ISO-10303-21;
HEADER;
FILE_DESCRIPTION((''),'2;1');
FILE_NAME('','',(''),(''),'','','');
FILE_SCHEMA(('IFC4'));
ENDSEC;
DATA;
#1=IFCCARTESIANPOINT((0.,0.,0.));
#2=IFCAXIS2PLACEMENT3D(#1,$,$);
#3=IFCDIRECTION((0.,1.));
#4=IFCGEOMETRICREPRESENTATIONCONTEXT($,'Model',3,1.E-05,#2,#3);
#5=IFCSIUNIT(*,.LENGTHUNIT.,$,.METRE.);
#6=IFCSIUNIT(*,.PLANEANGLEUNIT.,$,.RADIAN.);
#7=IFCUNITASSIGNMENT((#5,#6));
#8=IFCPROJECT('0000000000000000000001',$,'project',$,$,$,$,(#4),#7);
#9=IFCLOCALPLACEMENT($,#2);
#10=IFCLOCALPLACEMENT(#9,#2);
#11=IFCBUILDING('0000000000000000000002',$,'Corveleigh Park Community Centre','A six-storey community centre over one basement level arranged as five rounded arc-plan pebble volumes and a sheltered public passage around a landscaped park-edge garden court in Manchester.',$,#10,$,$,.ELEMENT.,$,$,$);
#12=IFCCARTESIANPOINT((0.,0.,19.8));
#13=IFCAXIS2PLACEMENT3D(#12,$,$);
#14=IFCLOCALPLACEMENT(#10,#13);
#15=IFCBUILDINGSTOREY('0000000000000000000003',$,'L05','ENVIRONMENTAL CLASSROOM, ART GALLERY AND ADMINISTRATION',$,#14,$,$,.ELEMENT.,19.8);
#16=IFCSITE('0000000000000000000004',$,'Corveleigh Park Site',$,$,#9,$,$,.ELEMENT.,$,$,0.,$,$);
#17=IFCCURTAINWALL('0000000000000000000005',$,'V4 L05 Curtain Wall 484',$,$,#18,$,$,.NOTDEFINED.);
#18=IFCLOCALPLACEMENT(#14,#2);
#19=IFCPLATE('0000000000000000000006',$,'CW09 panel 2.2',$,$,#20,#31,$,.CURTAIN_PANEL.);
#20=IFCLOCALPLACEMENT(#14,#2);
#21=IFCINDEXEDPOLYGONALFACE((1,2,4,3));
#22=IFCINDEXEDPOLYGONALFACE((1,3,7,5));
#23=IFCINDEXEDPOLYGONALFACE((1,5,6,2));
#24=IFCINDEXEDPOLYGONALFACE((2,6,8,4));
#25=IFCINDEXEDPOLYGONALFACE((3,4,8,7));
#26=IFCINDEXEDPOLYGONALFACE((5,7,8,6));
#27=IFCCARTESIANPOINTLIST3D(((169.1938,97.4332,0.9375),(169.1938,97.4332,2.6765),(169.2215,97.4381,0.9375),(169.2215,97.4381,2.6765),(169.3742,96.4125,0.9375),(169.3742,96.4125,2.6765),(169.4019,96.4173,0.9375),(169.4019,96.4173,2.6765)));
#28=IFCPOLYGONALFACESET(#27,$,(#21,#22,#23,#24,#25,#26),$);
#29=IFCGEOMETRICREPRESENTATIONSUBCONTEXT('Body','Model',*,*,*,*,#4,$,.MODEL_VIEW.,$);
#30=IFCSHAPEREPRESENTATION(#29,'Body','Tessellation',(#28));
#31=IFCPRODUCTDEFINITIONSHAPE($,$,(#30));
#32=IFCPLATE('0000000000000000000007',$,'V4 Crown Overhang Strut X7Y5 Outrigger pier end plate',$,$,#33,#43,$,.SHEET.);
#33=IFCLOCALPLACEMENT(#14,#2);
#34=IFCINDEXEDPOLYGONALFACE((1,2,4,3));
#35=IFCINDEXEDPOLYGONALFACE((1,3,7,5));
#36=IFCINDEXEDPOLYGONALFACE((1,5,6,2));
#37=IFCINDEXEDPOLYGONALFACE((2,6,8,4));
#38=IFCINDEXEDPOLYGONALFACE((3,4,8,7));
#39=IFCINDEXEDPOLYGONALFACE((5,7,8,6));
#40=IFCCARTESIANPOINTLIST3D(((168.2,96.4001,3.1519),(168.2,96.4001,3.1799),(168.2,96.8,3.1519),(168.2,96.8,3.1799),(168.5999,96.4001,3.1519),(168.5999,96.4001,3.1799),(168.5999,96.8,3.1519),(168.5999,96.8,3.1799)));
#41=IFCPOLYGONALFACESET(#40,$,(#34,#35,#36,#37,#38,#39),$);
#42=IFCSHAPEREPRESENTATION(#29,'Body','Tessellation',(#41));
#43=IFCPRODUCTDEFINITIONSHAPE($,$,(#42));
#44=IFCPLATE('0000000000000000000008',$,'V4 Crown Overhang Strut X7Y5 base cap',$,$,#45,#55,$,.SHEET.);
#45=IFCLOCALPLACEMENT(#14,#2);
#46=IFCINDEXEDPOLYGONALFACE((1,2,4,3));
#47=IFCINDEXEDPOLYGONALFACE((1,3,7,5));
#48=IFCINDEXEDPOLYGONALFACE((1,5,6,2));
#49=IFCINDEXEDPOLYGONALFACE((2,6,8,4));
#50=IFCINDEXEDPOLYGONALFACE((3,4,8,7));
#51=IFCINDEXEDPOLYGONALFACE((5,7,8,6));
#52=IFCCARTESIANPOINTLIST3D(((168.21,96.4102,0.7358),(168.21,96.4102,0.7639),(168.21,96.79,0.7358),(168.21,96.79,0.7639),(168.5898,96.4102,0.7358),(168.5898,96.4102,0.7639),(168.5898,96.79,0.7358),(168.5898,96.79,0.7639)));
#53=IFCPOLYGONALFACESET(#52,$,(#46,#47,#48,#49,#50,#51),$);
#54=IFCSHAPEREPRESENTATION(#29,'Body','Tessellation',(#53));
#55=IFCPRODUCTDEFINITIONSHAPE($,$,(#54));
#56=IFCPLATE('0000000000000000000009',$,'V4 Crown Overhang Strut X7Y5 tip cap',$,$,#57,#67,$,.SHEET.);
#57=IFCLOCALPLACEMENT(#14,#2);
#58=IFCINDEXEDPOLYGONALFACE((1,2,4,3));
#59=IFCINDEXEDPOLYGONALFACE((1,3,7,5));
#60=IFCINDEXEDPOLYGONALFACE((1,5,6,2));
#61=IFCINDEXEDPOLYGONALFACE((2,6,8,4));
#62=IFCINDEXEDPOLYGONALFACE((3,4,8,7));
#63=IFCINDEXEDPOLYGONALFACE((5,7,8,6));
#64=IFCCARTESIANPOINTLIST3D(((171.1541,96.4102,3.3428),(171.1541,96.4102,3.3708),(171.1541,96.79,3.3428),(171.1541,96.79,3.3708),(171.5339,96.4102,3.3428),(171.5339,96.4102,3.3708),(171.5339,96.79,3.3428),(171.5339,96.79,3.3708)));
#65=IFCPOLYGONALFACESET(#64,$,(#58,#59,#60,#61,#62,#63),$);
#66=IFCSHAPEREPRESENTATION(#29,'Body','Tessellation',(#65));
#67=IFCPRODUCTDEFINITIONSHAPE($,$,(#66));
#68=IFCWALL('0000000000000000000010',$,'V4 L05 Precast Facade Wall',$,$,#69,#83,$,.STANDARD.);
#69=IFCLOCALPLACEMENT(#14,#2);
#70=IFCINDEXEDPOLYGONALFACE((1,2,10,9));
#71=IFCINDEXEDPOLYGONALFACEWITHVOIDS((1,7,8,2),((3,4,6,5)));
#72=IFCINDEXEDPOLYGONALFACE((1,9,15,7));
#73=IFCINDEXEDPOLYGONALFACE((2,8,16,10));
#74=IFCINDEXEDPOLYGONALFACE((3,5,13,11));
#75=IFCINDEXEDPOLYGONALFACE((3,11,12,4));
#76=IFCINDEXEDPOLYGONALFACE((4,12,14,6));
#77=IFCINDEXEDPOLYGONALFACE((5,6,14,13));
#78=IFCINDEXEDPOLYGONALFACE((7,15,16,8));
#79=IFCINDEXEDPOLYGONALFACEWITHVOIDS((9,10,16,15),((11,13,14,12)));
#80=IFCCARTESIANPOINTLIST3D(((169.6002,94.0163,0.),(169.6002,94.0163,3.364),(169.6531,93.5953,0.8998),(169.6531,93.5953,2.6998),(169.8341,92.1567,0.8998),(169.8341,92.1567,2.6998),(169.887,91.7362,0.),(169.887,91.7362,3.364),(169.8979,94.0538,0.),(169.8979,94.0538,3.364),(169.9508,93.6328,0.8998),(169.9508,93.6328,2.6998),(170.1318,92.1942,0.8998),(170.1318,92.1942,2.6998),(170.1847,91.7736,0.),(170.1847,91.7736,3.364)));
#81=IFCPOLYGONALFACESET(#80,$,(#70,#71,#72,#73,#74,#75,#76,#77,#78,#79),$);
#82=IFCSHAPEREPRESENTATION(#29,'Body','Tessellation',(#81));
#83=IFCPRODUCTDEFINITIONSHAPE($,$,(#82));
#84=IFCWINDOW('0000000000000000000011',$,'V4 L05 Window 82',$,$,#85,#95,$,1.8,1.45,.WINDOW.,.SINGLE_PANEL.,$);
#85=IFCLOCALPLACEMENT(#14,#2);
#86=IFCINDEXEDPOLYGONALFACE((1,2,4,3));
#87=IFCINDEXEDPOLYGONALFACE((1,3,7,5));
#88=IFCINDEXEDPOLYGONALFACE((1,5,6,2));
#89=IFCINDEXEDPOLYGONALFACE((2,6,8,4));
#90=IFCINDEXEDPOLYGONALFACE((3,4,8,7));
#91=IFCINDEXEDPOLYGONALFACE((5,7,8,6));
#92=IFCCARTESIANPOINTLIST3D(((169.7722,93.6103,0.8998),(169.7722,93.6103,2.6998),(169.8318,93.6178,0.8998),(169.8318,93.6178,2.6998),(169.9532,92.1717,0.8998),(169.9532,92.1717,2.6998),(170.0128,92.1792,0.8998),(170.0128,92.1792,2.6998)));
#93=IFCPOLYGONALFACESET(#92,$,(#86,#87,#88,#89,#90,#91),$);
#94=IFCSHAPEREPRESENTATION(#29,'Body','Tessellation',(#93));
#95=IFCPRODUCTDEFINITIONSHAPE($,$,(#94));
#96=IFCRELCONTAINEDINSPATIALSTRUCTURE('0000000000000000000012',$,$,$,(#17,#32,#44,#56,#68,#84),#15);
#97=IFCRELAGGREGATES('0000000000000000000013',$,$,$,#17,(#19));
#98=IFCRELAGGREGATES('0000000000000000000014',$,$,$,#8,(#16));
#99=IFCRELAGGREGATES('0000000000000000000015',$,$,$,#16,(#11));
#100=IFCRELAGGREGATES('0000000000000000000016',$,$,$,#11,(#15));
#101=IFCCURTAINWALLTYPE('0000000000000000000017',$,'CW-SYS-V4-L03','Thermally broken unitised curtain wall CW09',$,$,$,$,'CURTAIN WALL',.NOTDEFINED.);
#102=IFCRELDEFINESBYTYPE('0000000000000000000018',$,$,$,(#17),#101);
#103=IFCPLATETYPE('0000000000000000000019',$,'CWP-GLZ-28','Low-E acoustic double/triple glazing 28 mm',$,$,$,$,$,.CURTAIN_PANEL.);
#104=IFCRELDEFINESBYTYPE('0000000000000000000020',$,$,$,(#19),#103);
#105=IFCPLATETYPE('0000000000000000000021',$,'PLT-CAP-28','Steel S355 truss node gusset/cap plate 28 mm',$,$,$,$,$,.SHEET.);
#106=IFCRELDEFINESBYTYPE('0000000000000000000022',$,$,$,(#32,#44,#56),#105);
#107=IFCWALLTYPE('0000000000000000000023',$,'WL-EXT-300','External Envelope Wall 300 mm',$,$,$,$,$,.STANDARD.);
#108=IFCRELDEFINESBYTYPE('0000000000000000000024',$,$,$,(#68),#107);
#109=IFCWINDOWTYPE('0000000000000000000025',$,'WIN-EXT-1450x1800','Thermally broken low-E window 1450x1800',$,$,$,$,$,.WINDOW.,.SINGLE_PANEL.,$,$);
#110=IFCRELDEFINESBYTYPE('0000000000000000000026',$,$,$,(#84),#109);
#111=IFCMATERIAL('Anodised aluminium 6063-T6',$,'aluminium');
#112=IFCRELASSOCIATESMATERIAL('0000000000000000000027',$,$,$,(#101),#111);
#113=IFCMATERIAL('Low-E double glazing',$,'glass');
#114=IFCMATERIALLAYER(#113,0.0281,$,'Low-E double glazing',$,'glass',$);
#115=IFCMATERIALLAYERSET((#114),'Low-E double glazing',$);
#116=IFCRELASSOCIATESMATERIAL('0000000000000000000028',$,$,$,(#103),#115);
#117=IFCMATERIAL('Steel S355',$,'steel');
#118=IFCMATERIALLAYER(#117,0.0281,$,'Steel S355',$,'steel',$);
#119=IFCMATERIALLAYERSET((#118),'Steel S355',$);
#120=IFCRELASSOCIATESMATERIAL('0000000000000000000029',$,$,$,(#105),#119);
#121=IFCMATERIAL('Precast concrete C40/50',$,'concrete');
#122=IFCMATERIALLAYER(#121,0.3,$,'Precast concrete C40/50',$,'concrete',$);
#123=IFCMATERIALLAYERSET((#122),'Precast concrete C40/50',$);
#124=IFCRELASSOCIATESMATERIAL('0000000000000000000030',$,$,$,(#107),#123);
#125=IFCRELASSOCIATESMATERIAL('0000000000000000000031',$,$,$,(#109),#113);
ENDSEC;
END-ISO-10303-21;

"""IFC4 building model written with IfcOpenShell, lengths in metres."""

from ifc_helpers import new_model, si_unit, direction, frame, frame_2d, origin, origin_2d, place, context, subcontext, project, spatial, rectangle, extrude, material, layer, layer_set, type_object, element, fill, aggregate, save


model = new_model("IFC4")

# Units and contexts
model_context = context("Model", 3, precision=1e-05, world=origin(), true_north=direction((0.0, 1.0)))
body_context = subcontext(model_context, "Body", "Model", "MODEL_VIEW")
ifc_project = project(units=[si_unit("LENGTHUNIT", "METRE"), si_unit("PLANEANGLEUNIT", "RADIAN")], contexts=[model_context])

# Site, building, storey
site_placement = place(None, origin())
site = spatial("IfcSite", under=ifc_project, at=site_placement, Name="Corveleigh Park Site", CompositionType="ELEMENT", RefElevation=0.0)
building_placement = place(site_placement, origin())
building = spatial("IfcBuilding", under=site, at=building_placement, Name="Corveleigh Park Community Centre", Description="A six-storey community centre over one basement level arranged as five rounded arc-plan pebble volumes and a sheltered public passage around a landscaped park-edge garden court in Manchester.", CompositionType="ELEMENT")
storey_placement = place(building_placement, frame((0.0, 0.0, 19.8)))
storey = spatial("IfcBuildingStorey", under=building, at=storey_placement, Name="L05", Description="ENVIRONMENTAL CLASSROOM, ART GALLERY AND ADMINISTRATION", CompositionType="ELEMENT", Elevation=19.8)

# Shared definitions
ifc_material_1 = material(Name="Steel S355", Category="steel")

# Shared definitions
ifc_material_2 = material(Name="Anodised aluminium 6063-T6", Category="aluminium")
curtain_wall_type = type_object("IfcCurtainWallType", Name="CW-SYS-V4-L03", Description="Thermally broken unitised curtain wall CW09", ElementType="CURTAIN WALL", PredefinedType="NOTDEFINED", material=ifc_material_2)

# Curtain wall
curtain_wall_1_placement = place(storey_placement, origin())
curtain_wall_1 = element("IfcCurtainWall", 1, at=curtain_wall_1_placement, inside=storey, type_object=curtain_wall_type, Name="V4 L05 Curtain Wall 484", PredefinedType="NOTDEFINED")

# Plate
ifc_material_3 = material(Name="Low-E double glazing", Category="glass")
ifc_layer_1 = layer(ifc_material_3, 0.0281, Name="Low-E double glazing", Category="glass")
ifc_layer_set_1 = layer_set([ifc_layer_1], Name="Low-E double glazing")
plate_type_1 = type_object("IfcPlateType", Name="CWP-GLZ-28", Description="Low-E acoustic double/triple glazing 28 mm", PredefinedType="CURTAIN_PANEL", material=ifc_layer_set_1)
plate_1_placement = place(storey_placement, frame((169.2979, 96.9253, 0.9375), z_axis=(0.0, 0.0, 1.0), x_axis=(0.174058, -0.984735, 0.0)))
plate_1 = element("IfcPlate", 2, at=plate_1_placement, type_object=plate_type_1, Name="CW09 panel 2.2", PredefinedType="CURTAIN_PANEL", context=body_context, shape_type="SweptSolid", body=[
    extrude(rectangle(XDim=1.0366, YDim=0.0281, at=origin_2d()), origin(), (0.0, 0.0, 1.0), 1.739),
])
aggregate(curtain_wall_1, [plate_1])

# Plates
ifc_layer_2 = layer(ifc_material_1, 0.0281, Name="Steel S355", Category="steel")
ifc_layer_set_2 = layer_set([ifc_layer_2], Name="Steel S355")
plate_type_2 = type_object("IfcPlateType", Name="PLT-CAP-28", Description="Steel S355 truss node gusset/cap plate 28 mm", PredefinedType="SHEET", material=ifc_layer_set_2)
plate_2_placement = place(storey_placement, frame((168.3999, 96.6001, 3.1519), z_axis=(0.0, 0.0, 1.0), x_axis=(1.0, 0.0, 0.0)))
element("IfcPlate", 3, at=plate_2_placement, inside=storey, type_object=plate_type_2, Name="V4 Crown Overhang Strut X7Y5 Outrigger pier end plate", PredefinedType="SHEET", context=body_context, shape_type="SweptSolid", body=[
    extrude(rectangle(XDim=0.3999, YDim=0.3999, at=origin_2d()), origin(), (0.0, 0.0, 1.0), 0.0281),
])
for number, where, z_axis, x_axis, name in (
    (4, (168.3999, 96.6001, 0.7358), (0.0, 0.0, 1.0), (1.0, 0.0, 0.0), "V4 Crown Overhang Strut X7Y5 base cap"),
    (5, (171.344, 96.6001, 3.3428), (0.0, 0.0, 1.0), (1.0, 0.0, 0.0), "V4 Crown Overhang Strut X7Y5 tip cap"),
):
    element("IfcPlate", number, at=place(storey_placement, frame(where, z_axis=z_axis, x_axis=x_axis)), inside=storey, type_object=plate_type_2, Name=name, PredefinedType="SHEET", context=body_context, shape_type="SweptSolid", body=[
        extrude(rectangle(XDim=0.3799, YDim=0.3799, at=origin_2d()), origin(), (0.0, 0.0, 1.0), 0.0281),
    ])

# Wall, opening, window
ifc_material_4 = material(Name="Precast concrete C40/50", Category="concrete")
ifc_layer_3 = layer(ifc_material_4, 0.3, Name="Precast concrete C40/50", Category="concrete")
ifc_layer_set_3 = layer_set([ifc_layer_3], Name="Precast concrete C40/50")
wall_type = type_object("IfcWallType", Name="WL-EXT-300", Description="External Envelope Wall 300 mm", PredefinedType="STANDARD", material=ifc_layer_set_3)
wall_placement = place(storey_placement, frame((169.749, 94.0349, 0.0), z_axis=(0.0, 0.0, 1.0), x_axis=(0.124832, -0.992178, 0.0)))
wall = element("IfcWall", 6, at=wall_placement, inside=storey, type_object=wall_type, Name="V4 L05 Precast Facade Wall", PredefinedType="STANDARD", context=body_context, shape_type="SweptSolid", body=[
    extrude(rectangle(XDim=2.2981, YDim=0.3, at=frame_2d((1.1489, 0.0))), origin(), (0.0, 0.0, 1.0), 3.364),
])
opening_placement = place(wall_placement, frame((0.4241, 0.0, 0.8999)))
opening = element("IfcOpeningElement", 7, at=opening_placement, cuts=wall, PredefinedType="OPENING", context=body_context, shape_type="SweptSolid", body=[
    extrude(rectangle(XDim=1.45, YDim=1.8, at=frame_2d((0.7251, 0.8999))), frame((0.0, 0.1599, 0.0), z_axis=(0.0, -1.0, 0.0), x_axis=(1.0, 0.0, 0.0)), (0.0, 0.0, 1.0), 0.3201),
])
window_type = type_object("IfcWindowType", Name="WIN-EXT-1450x1800", Description="Thermally broken low-E window 1450x1800", PartitioningType="SINGLE_PANEL", PredefinedType="WINDOW", material=ifc_material_3)
window_placement = place(opening_placement, origin())
window = element("IfcWindow", 8, at=window_placement, inside=storey, type_object=window_type, Name="V4 L05 Window 82", OverallHeight=1.8, OverallWidth=1.45, PartitioningType="SINGLE_PANEL", PredefinedType="WINDOW", context=body_context, shape_type="SweptSolid", body=[
    extrude(rectangle(XDim=1.45, YDim=1.8, at=frame_2d((0.7251, 0.8999))), frame((0.0, 0.03, 0.0), z_axis=(0.0, -1.0, 0.0), x_axis=(1.0, 0.0, 0.0)), (0.0, 0.0, 1.0), 0.0601),
])
fill(opening, window)

save(model, "model.ifc")
